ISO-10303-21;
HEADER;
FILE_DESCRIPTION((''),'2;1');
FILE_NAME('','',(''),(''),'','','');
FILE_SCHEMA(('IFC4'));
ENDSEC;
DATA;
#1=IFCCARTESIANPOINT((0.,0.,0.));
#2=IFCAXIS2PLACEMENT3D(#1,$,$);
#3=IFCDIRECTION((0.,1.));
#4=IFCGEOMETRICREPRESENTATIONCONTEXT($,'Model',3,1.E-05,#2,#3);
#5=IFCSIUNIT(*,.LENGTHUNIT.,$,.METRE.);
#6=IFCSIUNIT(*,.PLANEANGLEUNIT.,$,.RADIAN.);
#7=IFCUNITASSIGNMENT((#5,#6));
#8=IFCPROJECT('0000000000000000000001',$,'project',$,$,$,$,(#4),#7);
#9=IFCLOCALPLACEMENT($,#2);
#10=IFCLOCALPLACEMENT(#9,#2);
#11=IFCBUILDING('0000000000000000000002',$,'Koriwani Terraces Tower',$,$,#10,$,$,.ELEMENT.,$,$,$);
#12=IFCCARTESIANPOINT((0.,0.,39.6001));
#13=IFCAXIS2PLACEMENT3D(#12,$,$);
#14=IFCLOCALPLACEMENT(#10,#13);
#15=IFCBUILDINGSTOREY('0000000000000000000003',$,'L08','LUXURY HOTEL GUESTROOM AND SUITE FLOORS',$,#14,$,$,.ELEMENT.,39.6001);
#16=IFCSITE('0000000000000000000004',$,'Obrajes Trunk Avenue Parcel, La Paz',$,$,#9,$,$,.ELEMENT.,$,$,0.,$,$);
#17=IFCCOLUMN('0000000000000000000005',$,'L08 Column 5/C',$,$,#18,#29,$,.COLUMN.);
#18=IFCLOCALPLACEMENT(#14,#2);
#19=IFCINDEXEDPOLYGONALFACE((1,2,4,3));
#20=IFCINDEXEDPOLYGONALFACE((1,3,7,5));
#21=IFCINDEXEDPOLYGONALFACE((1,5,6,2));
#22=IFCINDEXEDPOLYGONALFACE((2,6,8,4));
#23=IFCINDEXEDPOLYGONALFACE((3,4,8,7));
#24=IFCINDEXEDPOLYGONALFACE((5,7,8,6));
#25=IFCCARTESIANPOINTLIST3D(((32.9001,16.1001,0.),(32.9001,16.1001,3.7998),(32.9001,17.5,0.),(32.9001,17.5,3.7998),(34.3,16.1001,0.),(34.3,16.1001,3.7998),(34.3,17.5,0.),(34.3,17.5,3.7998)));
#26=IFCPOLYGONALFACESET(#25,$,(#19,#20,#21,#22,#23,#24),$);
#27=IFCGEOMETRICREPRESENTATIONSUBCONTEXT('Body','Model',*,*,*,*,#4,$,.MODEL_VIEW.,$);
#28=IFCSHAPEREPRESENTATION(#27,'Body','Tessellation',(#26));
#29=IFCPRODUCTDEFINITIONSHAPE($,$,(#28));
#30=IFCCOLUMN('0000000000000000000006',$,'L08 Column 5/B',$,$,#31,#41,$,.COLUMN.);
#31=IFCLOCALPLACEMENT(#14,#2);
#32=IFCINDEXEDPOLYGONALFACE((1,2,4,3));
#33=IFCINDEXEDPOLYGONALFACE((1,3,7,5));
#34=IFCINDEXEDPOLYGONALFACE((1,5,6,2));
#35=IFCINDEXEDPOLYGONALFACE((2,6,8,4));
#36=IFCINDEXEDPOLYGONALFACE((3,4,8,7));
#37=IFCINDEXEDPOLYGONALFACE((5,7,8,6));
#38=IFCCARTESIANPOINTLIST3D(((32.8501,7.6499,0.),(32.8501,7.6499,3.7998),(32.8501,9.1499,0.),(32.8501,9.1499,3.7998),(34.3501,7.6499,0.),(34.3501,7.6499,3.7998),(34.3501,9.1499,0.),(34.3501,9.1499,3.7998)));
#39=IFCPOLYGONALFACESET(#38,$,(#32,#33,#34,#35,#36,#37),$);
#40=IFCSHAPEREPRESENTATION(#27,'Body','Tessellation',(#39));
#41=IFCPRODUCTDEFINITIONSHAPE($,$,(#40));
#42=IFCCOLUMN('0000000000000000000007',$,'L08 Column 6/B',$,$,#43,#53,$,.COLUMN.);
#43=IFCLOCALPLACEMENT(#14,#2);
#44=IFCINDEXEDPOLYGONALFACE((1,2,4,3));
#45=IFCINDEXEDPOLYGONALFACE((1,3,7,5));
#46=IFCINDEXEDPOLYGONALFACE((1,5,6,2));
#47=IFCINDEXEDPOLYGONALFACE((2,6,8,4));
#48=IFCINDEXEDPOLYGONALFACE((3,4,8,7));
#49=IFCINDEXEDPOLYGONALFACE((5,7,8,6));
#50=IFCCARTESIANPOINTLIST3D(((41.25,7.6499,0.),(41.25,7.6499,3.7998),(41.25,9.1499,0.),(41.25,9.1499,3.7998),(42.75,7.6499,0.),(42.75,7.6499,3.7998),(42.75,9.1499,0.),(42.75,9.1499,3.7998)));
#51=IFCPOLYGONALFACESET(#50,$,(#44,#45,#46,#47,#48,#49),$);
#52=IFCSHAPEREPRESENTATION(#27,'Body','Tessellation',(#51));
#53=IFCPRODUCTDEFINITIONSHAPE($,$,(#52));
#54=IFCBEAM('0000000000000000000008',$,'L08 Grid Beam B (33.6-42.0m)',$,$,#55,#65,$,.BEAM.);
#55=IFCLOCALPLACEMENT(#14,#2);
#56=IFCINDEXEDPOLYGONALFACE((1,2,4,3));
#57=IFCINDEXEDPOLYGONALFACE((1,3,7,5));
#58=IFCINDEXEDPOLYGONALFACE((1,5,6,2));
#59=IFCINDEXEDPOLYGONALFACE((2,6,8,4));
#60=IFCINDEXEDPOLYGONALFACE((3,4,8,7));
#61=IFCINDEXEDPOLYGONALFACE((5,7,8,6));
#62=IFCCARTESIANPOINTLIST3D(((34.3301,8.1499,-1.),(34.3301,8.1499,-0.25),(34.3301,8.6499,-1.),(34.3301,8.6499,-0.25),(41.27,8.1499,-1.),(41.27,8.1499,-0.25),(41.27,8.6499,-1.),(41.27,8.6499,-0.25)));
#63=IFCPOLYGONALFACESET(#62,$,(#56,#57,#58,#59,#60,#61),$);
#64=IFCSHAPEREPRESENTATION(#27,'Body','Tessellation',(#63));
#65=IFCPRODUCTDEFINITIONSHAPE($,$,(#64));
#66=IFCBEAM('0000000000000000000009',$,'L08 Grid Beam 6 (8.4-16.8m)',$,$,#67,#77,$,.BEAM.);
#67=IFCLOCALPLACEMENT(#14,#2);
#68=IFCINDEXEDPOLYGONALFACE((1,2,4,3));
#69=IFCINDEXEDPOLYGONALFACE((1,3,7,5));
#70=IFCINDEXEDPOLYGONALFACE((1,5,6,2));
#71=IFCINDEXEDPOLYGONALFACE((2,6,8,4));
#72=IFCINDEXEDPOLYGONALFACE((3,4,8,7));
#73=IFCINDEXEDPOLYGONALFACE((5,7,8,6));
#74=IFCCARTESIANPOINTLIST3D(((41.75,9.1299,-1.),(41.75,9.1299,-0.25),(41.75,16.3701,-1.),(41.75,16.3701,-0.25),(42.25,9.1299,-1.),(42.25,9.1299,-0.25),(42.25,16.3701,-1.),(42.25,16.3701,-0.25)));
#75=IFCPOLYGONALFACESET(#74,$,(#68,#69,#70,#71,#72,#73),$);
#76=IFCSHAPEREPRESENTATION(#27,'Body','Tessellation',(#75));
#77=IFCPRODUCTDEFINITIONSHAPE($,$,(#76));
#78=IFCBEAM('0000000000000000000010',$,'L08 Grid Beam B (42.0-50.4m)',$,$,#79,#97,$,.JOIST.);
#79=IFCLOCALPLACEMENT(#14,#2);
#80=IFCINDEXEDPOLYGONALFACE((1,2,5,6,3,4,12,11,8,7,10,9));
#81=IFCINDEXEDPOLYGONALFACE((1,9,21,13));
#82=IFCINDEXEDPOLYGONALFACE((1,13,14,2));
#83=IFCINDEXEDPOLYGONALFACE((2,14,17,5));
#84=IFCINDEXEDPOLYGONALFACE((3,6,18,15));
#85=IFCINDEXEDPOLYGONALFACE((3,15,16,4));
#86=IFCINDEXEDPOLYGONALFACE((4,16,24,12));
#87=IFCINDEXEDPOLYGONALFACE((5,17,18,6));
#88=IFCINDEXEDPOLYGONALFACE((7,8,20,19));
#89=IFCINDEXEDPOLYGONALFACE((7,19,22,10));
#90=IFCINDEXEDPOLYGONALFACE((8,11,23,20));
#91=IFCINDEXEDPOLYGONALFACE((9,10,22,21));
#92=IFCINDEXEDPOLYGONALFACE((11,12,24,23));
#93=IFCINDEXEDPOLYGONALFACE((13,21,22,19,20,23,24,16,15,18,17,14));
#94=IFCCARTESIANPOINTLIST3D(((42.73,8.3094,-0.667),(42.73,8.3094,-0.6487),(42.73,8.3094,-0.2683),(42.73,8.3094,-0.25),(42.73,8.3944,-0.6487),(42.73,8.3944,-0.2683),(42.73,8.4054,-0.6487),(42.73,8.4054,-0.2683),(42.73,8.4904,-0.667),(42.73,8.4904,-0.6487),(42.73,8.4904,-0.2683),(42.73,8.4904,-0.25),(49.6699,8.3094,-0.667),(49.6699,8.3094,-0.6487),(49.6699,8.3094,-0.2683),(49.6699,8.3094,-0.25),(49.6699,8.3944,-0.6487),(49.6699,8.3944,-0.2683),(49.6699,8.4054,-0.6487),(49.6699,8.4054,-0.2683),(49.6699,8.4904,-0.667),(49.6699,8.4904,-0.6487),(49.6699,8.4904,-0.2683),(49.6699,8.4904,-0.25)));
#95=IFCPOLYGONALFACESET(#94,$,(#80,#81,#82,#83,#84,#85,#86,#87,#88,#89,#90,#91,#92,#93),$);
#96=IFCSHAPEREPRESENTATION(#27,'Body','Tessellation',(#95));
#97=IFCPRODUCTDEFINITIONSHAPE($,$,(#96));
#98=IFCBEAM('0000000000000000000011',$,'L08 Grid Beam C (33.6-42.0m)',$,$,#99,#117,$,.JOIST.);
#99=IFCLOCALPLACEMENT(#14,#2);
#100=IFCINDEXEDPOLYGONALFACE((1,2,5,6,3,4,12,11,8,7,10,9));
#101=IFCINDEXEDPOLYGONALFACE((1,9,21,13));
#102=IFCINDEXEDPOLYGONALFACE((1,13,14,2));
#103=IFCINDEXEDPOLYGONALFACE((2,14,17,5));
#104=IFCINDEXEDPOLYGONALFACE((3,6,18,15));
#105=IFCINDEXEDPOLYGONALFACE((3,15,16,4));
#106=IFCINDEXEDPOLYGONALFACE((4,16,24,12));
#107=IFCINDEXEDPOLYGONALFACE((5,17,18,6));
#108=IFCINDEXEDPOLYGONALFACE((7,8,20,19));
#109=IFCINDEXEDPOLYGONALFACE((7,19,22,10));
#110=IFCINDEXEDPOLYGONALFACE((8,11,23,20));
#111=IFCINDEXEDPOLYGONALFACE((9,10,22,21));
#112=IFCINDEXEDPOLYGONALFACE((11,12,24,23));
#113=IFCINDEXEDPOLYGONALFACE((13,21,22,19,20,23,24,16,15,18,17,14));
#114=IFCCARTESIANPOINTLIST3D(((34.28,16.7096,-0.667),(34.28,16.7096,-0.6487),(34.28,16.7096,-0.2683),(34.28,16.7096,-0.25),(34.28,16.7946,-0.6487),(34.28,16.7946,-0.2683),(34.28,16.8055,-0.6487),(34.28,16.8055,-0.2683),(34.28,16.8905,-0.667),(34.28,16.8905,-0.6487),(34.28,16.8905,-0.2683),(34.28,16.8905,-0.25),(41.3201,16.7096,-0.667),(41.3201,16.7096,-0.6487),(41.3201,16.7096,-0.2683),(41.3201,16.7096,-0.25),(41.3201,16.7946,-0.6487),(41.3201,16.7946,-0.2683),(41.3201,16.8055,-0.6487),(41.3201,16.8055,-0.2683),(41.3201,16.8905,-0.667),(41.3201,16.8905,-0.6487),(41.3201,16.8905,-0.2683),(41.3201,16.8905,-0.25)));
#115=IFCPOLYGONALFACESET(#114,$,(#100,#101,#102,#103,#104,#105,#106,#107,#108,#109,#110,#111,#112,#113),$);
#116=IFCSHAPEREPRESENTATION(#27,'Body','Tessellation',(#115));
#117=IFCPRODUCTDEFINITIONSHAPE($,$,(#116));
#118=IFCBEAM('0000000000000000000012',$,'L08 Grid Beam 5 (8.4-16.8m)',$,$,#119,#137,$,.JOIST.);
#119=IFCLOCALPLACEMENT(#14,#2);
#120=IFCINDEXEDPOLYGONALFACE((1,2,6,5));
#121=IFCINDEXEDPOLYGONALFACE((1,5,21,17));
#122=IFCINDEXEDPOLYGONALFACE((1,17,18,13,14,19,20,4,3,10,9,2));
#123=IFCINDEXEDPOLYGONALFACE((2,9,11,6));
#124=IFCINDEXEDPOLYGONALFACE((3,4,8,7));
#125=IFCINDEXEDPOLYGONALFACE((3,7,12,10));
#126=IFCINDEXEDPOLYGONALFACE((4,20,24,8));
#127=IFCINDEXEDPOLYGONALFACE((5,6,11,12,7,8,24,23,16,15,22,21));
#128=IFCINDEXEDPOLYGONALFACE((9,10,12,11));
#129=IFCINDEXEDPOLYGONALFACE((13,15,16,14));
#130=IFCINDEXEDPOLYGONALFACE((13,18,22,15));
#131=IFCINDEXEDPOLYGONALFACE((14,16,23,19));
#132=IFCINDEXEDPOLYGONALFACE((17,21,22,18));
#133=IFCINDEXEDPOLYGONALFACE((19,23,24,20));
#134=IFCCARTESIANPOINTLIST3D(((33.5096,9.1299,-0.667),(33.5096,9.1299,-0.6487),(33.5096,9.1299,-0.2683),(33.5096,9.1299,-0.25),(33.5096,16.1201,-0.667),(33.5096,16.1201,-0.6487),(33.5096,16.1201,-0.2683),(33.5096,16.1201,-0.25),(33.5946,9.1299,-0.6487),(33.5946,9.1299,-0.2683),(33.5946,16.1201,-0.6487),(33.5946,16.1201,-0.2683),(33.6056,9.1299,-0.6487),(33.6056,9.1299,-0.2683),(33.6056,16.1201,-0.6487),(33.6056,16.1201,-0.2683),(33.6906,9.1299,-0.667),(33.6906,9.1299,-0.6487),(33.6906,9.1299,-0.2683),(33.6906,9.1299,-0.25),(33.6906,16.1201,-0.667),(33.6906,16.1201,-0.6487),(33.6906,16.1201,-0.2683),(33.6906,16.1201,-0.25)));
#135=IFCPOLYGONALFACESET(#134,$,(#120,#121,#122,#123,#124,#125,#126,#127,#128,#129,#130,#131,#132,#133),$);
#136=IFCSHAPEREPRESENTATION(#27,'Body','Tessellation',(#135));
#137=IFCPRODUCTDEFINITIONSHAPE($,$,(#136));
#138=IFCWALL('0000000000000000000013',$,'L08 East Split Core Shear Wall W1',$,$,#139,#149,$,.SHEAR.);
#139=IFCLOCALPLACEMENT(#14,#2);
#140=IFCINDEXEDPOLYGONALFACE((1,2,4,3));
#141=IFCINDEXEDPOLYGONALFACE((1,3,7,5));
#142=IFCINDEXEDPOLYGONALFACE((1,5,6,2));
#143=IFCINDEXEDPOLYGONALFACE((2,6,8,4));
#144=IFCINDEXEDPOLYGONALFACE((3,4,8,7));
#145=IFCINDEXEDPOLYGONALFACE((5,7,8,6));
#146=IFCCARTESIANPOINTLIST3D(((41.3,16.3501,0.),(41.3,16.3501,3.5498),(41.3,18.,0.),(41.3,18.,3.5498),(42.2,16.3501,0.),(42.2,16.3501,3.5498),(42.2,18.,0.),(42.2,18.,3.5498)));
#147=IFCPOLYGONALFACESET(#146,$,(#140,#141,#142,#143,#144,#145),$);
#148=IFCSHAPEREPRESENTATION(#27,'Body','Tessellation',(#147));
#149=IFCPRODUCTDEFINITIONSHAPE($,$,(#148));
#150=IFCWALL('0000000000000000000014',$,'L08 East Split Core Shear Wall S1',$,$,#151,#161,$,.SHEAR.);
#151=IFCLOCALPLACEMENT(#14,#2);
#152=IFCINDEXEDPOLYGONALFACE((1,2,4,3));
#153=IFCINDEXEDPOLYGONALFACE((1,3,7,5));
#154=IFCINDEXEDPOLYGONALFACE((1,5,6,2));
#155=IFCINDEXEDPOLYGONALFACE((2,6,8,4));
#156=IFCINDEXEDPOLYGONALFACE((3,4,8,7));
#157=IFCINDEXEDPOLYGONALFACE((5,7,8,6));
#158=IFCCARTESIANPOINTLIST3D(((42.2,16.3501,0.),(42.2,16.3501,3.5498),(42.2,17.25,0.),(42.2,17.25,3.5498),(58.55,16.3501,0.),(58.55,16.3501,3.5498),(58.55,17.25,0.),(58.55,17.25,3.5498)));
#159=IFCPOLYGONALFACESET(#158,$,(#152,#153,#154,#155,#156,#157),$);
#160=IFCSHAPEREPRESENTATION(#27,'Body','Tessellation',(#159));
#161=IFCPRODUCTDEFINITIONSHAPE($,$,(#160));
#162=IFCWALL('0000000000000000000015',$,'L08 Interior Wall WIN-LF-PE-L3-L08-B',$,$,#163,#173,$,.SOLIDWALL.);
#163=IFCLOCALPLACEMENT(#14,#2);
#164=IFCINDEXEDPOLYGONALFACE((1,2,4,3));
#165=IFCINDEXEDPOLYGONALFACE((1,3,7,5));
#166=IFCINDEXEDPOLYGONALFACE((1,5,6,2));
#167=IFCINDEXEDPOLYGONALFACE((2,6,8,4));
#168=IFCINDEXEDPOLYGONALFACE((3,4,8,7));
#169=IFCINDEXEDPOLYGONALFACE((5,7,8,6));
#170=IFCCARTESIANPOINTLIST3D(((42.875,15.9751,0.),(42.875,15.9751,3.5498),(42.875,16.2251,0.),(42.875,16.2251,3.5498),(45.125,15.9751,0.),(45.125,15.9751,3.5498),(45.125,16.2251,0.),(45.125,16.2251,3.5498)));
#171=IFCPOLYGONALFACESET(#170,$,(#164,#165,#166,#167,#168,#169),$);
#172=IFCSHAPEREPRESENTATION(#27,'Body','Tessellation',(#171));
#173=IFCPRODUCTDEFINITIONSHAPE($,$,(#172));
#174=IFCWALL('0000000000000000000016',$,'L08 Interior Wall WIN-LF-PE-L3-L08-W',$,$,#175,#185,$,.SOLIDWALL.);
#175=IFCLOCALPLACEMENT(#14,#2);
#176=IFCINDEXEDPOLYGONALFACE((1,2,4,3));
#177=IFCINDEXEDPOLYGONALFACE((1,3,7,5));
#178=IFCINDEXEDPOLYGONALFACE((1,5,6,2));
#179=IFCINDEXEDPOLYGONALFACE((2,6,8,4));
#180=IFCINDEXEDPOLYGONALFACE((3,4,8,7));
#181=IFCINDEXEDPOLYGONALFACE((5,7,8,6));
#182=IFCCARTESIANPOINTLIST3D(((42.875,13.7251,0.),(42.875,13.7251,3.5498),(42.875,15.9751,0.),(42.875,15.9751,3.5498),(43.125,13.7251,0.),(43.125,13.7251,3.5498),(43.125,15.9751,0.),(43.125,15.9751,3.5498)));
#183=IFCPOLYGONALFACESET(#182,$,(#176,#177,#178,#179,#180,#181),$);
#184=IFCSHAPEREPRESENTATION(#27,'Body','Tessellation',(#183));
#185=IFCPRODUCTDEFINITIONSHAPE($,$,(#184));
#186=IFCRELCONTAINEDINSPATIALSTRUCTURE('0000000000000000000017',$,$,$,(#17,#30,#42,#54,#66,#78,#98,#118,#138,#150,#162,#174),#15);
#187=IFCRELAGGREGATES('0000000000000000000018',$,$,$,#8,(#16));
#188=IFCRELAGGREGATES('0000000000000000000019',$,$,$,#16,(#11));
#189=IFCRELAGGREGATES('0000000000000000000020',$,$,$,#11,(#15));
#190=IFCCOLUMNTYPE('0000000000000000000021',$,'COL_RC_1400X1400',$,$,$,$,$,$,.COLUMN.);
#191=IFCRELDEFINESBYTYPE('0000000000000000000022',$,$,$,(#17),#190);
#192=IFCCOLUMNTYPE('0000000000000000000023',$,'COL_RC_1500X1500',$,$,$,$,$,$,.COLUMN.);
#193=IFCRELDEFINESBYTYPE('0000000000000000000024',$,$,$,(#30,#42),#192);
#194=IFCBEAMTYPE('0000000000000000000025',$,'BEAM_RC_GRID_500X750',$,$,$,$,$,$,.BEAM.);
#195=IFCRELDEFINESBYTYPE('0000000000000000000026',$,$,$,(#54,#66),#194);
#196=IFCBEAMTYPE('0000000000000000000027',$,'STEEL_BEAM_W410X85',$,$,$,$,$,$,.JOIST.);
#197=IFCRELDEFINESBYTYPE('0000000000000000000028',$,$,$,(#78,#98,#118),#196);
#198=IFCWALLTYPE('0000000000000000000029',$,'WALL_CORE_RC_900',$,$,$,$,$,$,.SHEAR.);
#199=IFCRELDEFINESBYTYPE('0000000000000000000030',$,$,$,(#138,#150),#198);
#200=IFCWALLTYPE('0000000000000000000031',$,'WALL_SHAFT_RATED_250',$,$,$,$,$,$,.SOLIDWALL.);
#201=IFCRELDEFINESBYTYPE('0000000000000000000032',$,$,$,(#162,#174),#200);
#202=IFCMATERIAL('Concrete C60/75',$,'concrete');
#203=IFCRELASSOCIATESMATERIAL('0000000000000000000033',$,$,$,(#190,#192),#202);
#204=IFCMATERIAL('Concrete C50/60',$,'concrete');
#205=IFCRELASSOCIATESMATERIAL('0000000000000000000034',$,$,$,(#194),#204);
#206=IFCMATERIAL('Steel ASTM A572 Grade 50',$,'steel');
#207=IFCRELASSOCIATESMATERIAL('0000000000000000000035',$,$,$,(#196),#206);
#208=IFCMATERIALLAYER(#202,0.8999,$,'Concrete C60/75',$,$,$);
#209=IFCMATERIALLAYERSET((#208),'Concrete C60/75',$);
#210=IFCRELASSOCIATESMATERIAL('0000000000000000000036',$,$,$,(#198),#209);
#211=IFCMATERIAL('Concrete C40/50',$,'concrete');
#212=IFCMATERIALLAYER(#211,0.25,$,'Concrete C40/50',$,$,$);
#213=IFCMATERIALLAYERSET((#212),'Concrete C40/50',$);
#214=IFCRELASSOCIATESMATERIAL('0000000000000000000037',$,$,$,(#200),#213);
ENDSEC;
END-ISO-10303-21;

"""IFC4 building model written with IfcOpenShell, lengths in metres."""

from ifc_helpers import new_model, si_unit, direction, frame, frame_2d, origin, origin_2d, place, context, subcontext, project, spatial, rectangle, i_section, extrude, material, layer, layer_set, material_profile, profile_set, type_object, element, save


model = new_model("IFC4")

# Units and contexts
model_context = context("Model", 3, precision=1e-05, world=origin(), true_north=direction((0.0, 1.0)))
body_context = subcontext(model_context, "Body", "Model", "MODEL_VIEW")
ifc_project = project(units=[si_unit("LENGTHUNIT", "METRE"), si_unit("PLANEANGLEUNIT", "RADIAN")], contexts=[model_context])

# Site, building, storey
site_placement = place(None, origin())
site = spatial("IfcSite", under=ifc_project, at=site_placement, Name="Obrajes Trunk Avenue Parcel, La Paz", CompositionType="ELEMENT", RefElevation=0.0)
building_placement = place(site_placement, origin())
building = spatial("IfcBuilding", under=site, at=building_placement, Name="Koriwani Terraces Tower", CompositionType="ELEMENT")
storey_placement = place(building_placement, frame((0.0, 0.0, 39.6001)))
storey = spatial("IfcBuildingStorey", under=building, at=storey_placement, Name="L08", Description="LUXURY HOTEL GUESTROOM AND SUITE FLOORS", CompositionType="ELEMENT", Elevation=39.6001)

# Columns
ifc_material_1 = material(Name="Concrete C60/75", Category="concrete")
ifc_material_profile_1 = material_profile(ifc_material_1, rectangle(XDim=1.3999, YDim=1.3999, at=origin_2d()), Name="Concrete C60/75", Category="LoadBearing")
ifc_profile_set_1 = profile_set([ifc_material_profile_1], Name="Concrete C60/75")
column_type_1 = type_object("IfcColumnType", Name="COL_RC_1400X1400", PredefinedType="COLUMN", material=ifc_profile_set_1)
column_placement = place(storey_placement, frame((33.6001, 16.8, 0.0), z_axis=(0.0, 0.0, 1.0), x_axis=(1.0, 0.0, 0.0)))
element("IfcColumn", 1, at=column_placement, inside=storey, type_object=column_type_1, Name="L08 Column 5/C", PredefinedType="COLUMN", context=body_context, shape_type="SweptSolid", body=[
    extrude(rectangle(XDim=1.3999, YDim=1.3999, at=origin_2d()), origin(), (0.0, 0.0, 1.0), 3.7998),
])
ifc_material_profile_2 = material_profile(ifc_material_1, rectangle(XDim=1.5, YDim=1.5, at=origin_2d()), Name="Concrete C60/75", Category="LoadBearing")
ifc_profile_set_2 = profile_set([ifc_material_profile_2], Name="Concrete C60/75")
column_type_2 = type_object("IfcColumnType", Name="COL_RC_1500X1500", PredefinedType="COLUMN", material=ifc_profile_set_2)
for number, where, z_axis, x_axis, name in (
    (2, (33.6001, 8.3999, 0.0), (0.0, 0.0, 1.0), (1.0, 0.0, 0.0), "L08 Column 5/B"),
    (3, (42.0, 8.3999, 0.0), (0.0, 0.0, 1.0), (1.0, 0.0, 0.0), "L08 Column 6/B"),
):
    element("IfcColumn", number, at=place(storey_placement, frame(where, z_axis=z_axis, x_axis=x_axis)), inside=storey, type_object=column_type_2, Name=name, PredefinedType="COLUMN", context=body_context, shape_type="SweptSolid", body=[
        extrude(rectangle(XDim=1.5, YDim=1.5, at=origin_2d()), origin(), (0.0, 0.0, 1.0), 3.7998),
    ])

# Beams
ifc_material_2 = material(Name="Concrete C50/60", Category="concrete")
ifc_material_profile_3 = material_profile(ifc_material_2, rectangle(XDim=0.5, YDim=0.75, at=origin_2d()), Name="Concrete C50/60", Category="LoadBearing")
ifc_profile_set_3 = profile_set([ifc_material_profile_3], Name="Concrete C50/60")
beam_type_1 = type_object("IfcBeamType", Name="BEAM_RC_GRID_500X750", PredefinedType="BEAM", material=ifc_profile_set_3)
beam_1_placement = place(storey_placement, frame((34.3301, 8.3999, -0.625), z_axis=(1.0, 0.0, 0.0), x_axis=(0.0, 1.0, 0.0)))
element("IfcBeam", 4, at=beam_1_placement, inside=storey, type_object=beam_type_1, Name="L08 Grid Beam B (33.6-42.0m)", PredefinedType="BEAM", context=body_context, shape_type="SweptSolid", body=[
    extrude(rectangle(XDim=0.5, YDim=0.75, at=origin_2d()), origin(), (0.0, 0.0, 1.0), 6.9399),
])
beam_2_placement = place(storey_placement, frame((42.0, 9.1299, -0.625), z_axis=(0.0, 1.0, 0.0), x_axis=(-1.0, 0.0, 0.0)))
element("IfcBeam", 5, at=beam_2_placement, inside=storey, type_object=beam_type_1, Name="L08 Grid Beam 6 (8.4-16.8m)", PredefinedType="BEAM", context=body_context, shape_type="SweptSolid", body=[
    extrude(rectangle(XDim=0.5, YDim=0.75, at=origin_2d()), origin(), (0.0, 0.0, 1.0), 7.2402),
])
ifc_material_3 = material(Name="Steel ASTM A572 Grade 50", Category="steel")
ifc_material_profile_4 = material_profile(ifc_material_3, i_section(OverallWidth=0.1809, OverallDepth=0.417, WebThickness=0.011, FlangeThickness=0.0183, at=origin_2d()), Name="Steel ASTM A572 Grade 50", Category="LoadBearing")
ifc_profile_set_4 = profile_set([ifc_material_profile_4], Name="Steel ASTM A572 Grade 50")
beam_type_2 = type_object("IfcBeamType", Name="STEEL_BEAM_W410X85", PredefinedType="JOIST", material=ifc_profile_set_4)
beam_3_placement = place(storey_placement, frame((42.73, 8.3999, -0.4585), z_axis=(1.0, 0.0, 0.0), x_axis=(0.0, 1.0, 0.0)))
element("IfcBeam", 6, at=beam_3_placement, inside=storey, type_object=beam_type_2, Name="L08 Grid Beam B (42.0-50.4m)", PredefinedType="JOIST", context=body_context, shape_type="SweptSolid", body=[
    extrude(i_section(OverallWidth=0.1809, OverallDepth=0.417, WebThickness=0.011, FlangeThickness=0.0183, at=origin_2d()), origin(), (0.0, 0.0, 1.0), 6.9399),
])
beam_4_placement = place(storey_placement, frame((34.28, 16.8, -0.4585), z_axis=(1.0, 0.0, 0.0), x_axis=(0.0, 1.0, 0.0)))
element("IfcBeam", 7, at=beam_4_placement, inside=storey, type_object=beam_type_2, Name="L08 Grid Beam C (33.6-42.0m)", PredefinedType="JOIST", context=body_context, shape_type="SweptSolid", body=[
    extrude(i_section(OverallWidth=0.1809, OverallDepth=0.417, WebThickness=0.011, FlangeThickness=0.0183, at=origin_2d()), origin(), (0.0, 0.0, 1.0), 7.04),
])
beam_5_placement = place(storey_placement, frame((33.6001, 9.1299, -0.4585), z_axis=(0.0, 1.0, 0.0), x_axis=(-1.0, 0.0, 0.0)))
element("IfcBeam", 8, at=beam_5_placement, inside=storey, type_object=beam_type_2, Name="L08 Grid Beam 5 (8.4-16.8m)", PredefinedType="JOIST", context=body_context, shape_type="SweptSolid", body=[
    extrude(i_section(OverallWidth=0.1809, OverallDepth=0.417, WebThickness=0.011, FlangeThickness=0.0183, at=origin_2d()), origin(), (0.0, 0.0, 1.0), 6.9902),
])

# Walls
ifc_layer_1 = layer(ifc_material_1, 0.8999, Name="Concrete C60/75")
ifc_layer_set_1 = layer_set([ifc_layer_1], Name="Concrete C60/75")
wall_type_1 = type_object("IfcWallType", Name="WALL_CORE_RC_900", PredefinedType="SHEAR", material=ifc_layer_set_1)
wall_1_placement = place(storey_placement, frame((41.75, 16.3501, 0.0), z_axis=(0.0, 0.0, 1.0), x_axis=(0.0, 1.0, 0.0)))
element("IfcWall", 9, at=wall_1_placement, inside=storey, type_object=wall_type_1, Name="L08 East Split Core Shear Wall W1", PredefinedType="SHEAR", context=body_context, shape_type="SweptSolid", body=[
    extrude(rectangle(XDim=1.6499, YDim=0.8999, at=frame_2d((0.825, 0.0))), origin(), (0.0, 0.0, 1.0), 3.5498),
])
wall_2_placement = place(storey_placement, frame((42.2, 16.8, 0.0), z_axis=(0.0, 0.0, 1.0), x_axis=(1.0, 0.0, 0.0)))
element("IfcWall", 10, at=wall_2_placement, inside=storey, type_object=wall_type_1, Name="L08 East Split Core Shear Wall S1", PredefinedType="SHEAR", context=body_context, shape_type="SweptSolid", body=[
    extrude(rectangle(XDim=16.3501, YDim=0.8999, at=frame_2d((8.175, 0.0))), origin(), (0.0, 0.0, 1.0), 3.5498),
])

# Shared definitions
ifc_material_4 = material(Name="Concrete C40/50", Category="concrete")
ifc_layer_2 = layer(ifc_material_4, 0.25, Name="Concrete C40/50")
ifc_layer_set_2 = layer_set([ifc_layer_2], Name="Concrete C40/50")
wall_type_2 = type_object("IfcWallType", Name="WALL_SHAFT_RATED_250", PredefinedType="SOLIDWALL", material=ifc_layer_set_2)

# Walls
for number, where, z_axis, x_axis, name in (
    (11, (42.875, 16.1001, 0.0), (0.0, 0.0, 1.0), (1.0, 0.0, 0.0), "L08 Interior Wall WIN-LF-PE-L3-L08-B"),
    (12, (43.0, 13.7251, 0.0), (0.0, 0.0, 1.0), (0.0, 1.0, 0.0), "L08 Interior Wall WIN-LF-PE-L3-L08-W"),
):
    element("IfcWall", number, at=place(storey_placement, frame(where, z_axis=z_axis, x_axis=x_axis)), inside=storey, type_object=wall_type_2, Name=name, PredefinedType="SOLIDWALL", context=body_context, shape_type="SweptSolid", body=[
        extrude(rectangle(XDim=2.25, YDim=0.25, at=frame_2d((1.125, 0.0))), origin(), (0.0, 0.0, 1.0), 3.5498),
    ])

save(model, "model.ifc")
